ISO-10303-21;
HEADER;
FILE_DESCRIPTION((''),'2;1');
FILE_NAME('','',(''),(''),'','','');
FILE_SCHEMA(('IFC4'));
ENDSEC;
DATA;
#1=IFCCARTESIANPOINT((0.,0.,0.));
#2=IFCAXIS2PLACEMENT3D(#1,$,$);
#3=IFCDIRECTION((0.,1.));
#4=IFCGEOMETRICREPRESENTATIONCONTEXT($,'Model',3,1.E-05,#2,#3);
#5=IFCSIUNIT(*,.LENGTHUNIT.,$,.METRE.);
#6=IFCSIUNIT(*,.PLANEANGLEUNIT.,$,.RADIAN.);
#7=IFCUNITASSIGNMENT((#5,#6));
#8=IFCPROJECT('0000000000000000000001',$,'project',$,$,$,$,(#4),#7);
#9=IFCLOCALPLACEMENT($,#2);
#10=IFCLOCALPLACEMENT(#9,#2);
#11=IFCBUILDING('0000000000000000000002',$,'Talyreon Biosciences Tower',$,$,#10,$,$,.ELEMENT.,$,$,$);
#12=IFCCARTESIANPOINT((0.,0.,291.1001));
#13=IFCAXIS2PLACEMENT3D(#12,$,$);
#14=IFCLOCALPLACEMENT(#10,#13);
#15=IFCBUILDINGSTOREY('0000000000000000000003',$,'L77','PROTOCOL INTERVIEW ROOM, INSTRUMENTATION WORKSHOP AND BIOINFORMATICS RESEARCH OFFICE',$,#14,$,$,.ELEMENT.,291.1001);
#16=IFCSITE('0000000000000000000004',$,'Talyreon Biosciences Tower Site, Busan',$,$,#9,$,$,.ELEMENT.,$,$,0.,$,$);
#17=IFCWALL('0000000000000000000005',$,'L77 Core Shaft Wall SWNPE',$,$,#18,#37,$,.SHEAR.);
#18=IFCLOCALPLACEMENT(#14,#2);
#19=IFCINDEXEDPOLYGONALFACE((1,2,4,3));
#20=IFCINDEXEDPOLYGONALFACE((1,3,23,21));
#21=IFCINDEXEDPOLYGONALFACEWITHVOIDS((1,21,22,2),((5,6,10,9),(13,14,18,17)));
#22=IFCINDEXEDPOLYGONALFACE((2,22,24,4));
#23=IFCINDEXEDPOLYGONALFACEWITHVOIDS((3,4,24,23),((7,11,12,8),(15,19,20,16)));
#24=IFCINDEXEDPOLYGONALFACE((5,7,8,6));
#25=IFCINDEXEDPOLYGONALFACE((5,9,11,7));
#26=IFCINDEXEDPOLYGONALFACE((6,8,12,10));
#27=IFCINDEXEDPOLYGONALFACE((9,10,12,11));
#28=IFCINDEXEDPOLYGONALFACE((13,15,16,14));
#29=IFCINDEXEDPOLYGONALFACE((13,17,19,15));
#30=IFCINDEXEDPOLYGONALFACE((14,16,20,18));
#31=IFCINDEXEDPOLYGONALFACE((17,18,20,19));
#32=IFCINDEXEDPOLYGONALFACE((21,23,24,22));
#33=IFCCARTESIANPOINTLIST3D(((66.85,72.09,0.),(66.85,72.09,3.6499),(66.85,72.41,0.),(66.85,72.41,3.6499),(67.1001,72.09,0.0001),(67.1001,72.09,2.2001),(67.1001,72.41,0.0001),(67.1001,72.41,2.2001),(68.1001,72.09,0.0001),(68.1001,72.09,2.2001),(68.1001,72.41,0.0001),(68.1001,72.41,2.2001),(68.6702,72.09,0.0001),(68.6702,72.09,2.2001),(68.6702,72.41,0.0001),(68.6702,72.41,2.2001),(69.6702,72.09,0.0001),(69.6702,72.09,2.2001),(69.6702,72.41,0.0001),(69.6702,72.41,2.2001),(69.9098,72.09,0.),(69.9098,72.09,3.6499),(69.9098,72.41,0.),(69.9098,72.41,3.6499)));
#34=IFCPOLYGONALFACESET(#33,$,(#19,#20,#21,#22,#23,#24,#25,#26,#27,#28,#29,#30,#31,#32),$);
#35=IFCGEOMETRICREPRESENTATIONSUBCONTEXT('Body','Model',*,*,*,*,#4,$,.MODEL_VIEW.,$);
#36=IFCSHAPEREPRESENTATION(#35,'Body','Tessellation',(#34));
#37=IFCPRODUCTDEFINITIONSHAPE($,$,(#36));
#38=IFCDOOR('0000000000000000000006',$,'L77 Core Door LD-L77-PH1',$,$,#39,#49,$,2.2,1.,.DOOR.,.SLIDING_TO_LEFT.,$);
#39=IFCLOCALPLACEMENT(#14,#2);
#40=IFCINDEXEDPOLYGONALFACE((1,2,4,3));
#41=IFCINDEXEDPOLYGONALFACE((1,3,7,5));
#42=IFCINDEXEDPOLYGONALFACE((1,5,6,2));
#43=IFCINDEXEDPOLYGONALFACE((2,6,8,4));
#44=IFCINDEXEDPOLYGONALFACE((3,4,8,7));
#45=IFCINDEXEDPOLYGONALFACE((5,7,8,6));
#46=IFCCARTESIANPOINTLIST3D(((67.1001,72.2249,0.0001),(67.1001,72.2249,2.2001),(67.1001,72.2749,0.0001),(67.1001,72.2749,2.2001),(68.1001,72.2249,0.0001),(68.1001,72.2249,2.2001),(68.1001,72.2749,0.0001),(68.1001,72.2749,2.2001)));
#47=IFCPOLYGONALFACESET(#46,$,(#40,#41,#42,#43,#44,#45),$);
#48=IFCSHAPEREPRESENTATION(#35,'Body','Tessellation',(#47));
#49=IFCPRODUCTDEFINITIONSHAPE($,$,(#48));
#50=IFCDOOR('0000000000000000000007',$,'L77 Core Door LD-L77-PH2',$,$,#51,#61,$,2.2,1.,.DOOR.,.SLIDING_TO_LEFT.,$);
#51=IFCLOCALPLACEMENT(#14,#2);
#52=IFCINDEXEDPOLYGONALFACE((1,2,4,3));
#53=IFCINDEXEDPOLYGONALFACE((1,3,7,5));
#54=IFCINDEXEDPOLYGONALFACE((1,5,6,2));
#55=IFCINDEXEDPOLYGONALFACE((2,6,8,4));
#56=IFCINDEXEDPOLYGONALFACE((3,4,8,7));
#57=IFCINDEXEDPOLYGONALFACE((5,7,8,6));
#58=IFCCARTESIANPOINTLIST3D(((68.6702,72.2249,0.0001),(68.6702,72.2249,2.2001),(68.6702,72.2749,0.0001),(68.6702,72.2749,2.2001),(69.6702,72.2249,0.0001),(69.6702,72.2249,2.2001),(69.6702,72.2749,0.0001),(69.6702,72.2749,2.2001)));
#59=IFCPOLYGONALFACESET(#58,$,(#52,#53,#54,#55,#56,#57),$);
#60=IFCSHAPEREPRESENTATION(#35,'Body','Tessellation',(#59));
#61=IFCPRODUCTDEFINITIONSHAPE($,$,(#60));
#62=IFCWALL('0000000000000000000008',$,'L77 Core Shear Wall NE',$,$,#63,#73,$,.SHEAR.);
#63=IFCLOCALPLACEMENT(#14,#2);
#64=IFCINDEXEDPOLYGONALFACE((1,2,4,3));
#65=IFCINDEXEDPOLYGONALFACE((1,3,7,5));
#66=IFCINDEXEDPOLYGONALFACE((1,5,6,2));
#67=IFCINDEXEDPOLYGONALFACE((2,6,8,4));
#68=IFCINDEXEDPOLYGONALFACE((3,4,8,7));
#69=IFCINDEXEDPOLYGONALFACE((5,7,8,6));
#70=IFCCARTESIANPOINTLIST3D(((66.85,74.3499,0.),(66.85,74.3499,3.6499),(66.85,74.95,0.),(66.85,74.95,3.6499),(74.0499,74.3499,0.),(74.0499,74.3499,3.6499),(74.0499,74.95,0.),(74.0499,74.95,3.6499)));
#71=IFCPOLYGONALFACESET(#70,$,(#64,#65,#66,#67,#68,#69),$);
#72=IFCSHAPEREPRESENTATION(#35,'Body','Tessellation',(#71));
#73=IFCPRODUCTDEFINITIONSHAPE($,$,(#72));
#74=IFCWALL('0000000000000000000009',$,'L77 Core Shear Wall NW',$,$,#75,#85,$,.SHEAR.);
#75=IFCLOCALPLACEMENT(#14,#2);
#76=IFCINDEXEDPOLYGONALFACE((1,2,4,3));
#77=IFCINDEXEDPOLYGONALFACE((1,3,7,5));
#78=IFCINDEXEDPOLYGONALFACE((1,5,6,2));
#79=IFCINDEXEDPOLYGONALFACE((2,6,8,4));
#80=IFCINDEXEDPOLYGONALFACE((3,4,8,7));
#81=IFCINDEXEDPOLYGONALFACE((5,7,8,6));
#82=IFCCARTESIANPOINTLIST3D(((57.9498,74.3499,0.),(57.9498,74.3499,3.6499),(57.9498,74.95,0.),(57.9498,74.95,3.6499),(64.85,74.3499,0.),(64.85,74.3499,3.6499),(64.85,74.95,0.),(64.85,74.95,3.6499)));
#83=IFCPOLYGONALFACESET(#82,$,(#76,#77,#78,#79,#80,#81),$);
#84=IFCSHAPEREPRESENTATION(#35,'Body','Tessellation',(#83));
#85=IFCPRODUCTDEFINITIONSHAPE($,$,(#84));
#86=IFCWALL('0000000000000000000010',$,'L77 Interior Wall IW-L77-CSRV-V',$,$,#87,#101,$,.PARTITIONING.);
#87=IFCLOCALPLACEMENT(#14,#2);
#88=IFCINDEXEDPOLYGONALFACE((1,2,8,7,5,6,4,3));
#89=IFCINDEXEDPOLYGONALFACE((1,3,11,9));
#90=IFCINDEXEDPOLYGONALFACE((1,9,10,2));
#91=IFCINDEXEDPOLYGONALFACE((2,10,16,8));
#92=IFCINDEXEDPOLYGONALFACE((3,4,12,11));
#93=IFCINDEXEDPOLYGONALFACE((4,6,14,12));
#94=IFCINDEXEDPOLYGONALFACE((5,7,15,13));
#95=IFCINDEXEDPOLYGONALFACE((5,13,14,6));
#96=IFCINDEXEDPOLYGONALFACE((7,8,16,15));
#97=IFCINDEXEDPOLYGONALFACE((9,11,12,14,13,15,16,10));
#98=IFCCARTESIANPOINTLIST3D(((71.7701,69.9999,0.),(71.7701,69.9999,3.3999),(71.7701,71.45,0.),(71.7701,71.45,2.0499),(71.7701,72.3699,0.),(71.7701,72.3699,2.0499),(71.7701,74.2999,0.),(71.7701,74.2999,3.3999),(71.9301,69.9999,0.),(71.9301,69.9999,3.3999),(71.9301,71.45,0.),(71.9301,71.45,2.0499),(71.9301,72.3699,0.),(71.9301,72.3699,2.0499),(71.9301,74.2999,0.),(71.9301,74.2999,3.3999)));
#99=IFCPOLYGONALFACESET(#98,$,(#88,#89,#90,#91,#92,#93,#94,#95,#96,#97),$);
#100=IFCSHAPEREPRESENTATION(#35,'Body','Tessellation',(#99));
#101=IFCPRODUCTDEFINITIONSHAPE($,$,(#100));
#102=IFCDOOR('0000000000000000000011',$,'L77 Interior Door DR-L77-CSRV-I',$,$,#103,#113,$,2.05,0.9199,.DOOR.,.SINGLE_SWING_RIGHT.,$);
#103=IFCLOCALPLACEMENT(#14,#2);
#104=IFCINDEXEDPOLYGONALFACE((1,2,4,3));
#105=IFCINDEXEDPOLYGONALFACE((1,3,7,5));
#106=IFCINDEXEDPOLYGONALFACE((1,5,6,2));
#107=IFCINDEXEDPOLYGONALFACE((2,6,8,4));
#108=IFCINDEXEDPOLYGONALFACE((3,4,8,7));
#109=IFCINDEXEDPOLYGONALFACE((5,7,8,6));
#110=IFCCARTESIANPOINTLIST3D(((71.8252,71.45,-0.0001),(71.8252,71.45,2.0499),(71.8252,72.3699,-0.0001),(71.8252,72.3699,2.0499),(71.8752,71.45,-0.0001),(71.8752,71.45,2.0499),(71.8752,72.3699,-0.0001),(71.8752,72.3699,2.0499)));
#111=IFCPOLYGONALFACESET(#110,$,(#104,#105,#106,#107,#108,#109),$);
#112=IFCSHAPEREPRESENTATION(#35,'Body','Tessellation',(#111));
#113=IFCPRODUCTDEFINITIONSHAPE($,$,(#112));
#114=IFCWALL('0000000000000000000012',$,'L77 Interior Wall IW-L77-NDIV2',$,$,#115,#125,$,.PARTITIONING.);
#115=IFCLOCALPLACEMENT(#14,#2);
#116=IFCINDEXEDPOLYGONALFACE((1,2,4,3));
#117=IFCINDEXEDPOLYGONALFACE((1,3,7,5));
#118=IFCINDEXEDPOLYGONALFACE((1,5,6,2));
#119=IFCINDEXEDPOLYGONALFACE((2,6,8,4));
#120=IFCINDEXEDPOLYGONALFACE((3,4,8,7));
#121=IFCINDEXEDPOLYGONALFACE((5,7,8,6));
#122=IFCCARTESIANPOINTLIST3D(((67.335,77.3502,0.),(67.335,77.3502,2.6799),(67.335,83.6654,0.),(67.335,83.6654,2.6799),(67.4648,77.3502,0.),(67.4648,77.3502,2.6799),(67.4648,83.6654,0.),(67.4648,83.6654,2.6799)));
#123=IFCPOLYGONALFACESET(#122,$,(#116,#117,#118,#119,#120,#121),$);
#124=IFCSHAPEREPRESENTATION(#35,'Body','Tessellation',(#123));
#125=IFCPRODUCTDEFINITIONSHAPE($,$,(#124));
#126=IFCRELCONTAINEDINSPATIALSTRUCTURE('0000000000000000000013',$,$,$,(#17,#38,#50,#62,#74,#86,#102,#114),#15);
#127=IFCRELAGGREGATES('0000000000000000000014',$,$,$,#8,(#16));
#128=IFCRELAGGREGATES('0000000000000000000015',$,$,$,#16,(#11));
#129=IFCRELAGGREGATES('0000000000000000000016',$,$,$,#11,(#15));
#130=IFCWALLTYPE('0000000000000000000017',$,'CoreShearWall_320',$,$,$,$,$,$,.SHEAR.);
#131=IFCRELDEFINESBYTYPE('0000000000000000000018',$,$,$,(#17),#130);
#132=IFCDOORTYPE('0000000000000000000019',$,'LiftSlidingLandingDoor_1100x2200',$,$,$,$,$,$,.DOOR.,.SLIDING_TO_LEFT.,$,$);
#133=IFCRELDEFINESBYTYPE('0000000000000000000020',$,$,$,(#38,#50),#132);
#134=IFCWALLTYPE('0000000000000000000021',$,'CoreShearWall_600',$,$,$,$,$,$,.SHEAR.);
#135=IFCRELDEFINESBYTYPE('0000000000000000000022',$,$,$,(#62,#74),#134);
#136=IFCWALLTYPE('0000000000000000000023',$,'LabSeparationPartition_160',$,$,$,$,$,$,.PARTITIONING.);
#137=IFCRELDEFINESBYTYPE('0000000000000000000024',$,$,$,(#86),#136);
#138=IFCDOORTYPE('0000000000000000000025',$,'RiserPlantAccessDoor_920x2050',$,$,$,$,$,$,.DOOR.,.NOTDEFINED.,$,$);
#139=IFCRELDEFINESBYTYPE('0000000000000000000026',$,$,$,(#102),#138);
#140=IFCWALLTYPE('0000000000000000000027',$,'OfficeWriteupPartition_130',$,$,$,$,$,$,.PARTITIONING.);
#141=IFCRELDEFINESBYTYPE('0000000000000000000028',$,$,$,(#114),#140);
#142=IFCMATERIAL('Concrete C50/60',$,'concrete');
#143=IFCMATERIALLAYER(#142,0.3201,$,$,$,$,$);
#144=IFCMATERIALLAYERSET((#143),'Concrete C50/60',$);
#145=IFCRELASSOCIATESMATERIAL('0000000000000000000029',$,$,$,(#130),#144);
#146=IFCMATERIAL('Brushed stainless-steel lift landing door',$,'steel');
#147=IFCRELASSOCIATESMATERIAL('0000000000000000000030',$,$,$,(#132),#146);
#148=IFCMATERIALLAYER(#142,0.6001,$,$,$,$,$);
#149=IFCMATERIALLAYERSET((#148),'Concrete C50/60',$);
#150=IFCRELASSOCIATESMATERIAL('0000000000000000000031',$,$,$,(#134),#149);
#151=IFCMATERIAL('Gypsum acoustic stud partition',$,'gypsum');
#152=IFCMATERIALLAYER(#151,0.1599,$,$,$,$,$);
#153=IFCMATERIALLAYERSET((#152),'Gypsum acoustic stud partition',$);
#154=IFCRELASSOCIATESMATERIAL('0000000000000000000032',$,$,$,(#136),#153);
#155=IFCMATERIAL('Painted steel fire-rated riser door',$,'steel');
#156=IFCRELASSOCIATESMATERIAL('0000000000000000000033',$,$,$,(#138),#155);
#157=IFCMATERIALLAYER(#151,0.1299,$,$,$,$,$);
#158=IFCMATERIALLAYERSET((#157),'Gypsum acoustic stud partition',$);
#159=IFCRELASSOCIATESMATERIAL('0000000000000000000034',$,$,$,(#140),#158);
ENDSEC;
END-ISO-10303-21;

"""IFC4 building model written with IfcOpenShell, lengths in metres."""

from ifc_helpers import new_model, si_unit, direction, frame, frame_2d, origin, place, context, subcontext, project, spatial, rectangle, extrude, material, layer, layer_set, type_object, element, fill, save


model = new_model("IFC4")

# Units and contexts
model_context = context("Model", 3, precision=1e-05, world=origin(), true_north=direction((0.0, 1.0)))
body_context = subcontext(model_context, "Body", "Model", "MODEL_VIEW")
ifc_project = project(units=[si_unit("LENGTHUNIT", "METRE"), si_unit("PLANEANGLEUNIT", "RADIAN")], contexts=[model_context])

# Site, building, storey
site_placement = place(None, origin())
site = spatial("IfcSite", under=ifc_project, at=site_placement, Name="Talyreon Biosciences Tower Site, Busan", CompositionType="ELEMENT", RefElevation=0.0)
building_placement = place(site_placement, origin())
building = spatial("IfcBuilding", under=site, at=building_placement, Name="Talyreon Biosciences Tower", CompositionType="ELEMENT")
storey_placement = place(building_placement, frame((0.0, 0.0, 291.1001)))
storey = spatial("IfcBuildingStorey", under=building, at=storey_placement, Name="L77", Description="PROTOCOL INTERVIEW ROOM, INSTRUMENTATION WORKSHOP AND BIOINFORMATICS RESEARCH OFFICE", CompositionType="ELEMENT", Elevation=291.1001)

# Shared definitions
ifc_material_1 = material(Name="Concrete C50/60", Category="concrete")

# Shared definitions
ifc_layer_1 = layer(ifc_material_1, 0.3201)
ifc_layer_set_1 = layer_set([ifc_layer_1], Name="Concrete C50/60")
wall_type_1 = type_object("IfcWallType", Name="CoreShearWall_320", PredefinedType="SHEAR", material=ifc_layer_set_1)

# Wall, openings, doors
wall_1_placement = place(storey_placement, frame((66.8501, 72.25, 0.0), z_axis=(0.0, 0.0, 1.0), x_axis=(1.0, 0.0, 0.0)))
wall_1 = element("IfcWall", 1, at=wall_1_placement, inside=storey, type_object=wall_type_1, Name="L77 Core Shaft Wall SWNPE", PredefinedType="SHEAR", context=body_context, shape_type="SweptSolid", body=[
    extrude(rectangle(XDim=3.0598, YDim=0.3201, at=frame_2d((1.5298, 0.0))), origin(), (0.0, 0.0, 1.0), 3.6499),
])
opening_1_placement = place(wall_1_placement, frame((0.25, 0.0, 0.0)))
opening_1 = element("IfcOpeningElement", 2, at=opening_1_placement, cuts=wall_1, PredefinedType="OPENING", context=body_context, shape_type="SweptSolid", body=[
    extrude(rectangle(XDim=1.0, YDim=2.2, at=frame_2d((0.5, 1.1001))), frame((0.0, 0.1699, 0.0), z_axis=(0.0, -1.0, 0.0), x_axis=(1.0, 0.0, 0.0)), (0.0, 0.0, 1.0), 0.3401),
])
opening_2_placement = place(wall_1_placement, frame((1.8201, 0.0, 0.0)))
opening_2 = element("IfcOpeningElement", 3, at=opening_2_placement, cuts=wall_1, PredefinedType="OPENING", context=body_context, shape_type="SweptSolid", body=[
    extrude(rectangle(XDim=1.0, YDim=2.2, at=frame_2d((0.5, 1.1001))), frame((0.0, 0.1699, 0.0), z_axis=(0.0, -1.0, 0.0), x_axis=(1.0, 0.0, 0.0)), (0.0, 0.0, 1.0), 0.3401),
])
ifc_material_2 = material(Name="Brushed stainless-steel lift landing door", Category="steel")
door_type_1 = type_object("IfcDoorType", Name="LiftSlidingLandingDoor_1100x2200", OperationType="SLIDING_TO_LEFT", PredefinedType="DOOR", material=ifc_material_2)
door_1_placement = place(opening_1_placement, origin())
door_1 = element("IfcDoor", 4, at=door_1_placement, inside=storey, type_object=door_type_1, Name="L77 Core Door LD-L77-PH1", OperationType="SLIDING_TO_LEFT", OverallHeight=2.2, OverallWidth=1.0, PredefinedType="DOOR", context=body_context, shape_type="SweptSolid", body=[
    extrude(rectangle(XDim=1.0, YDim=2.2, at=frame_2d((0.5, 1.1001))), frame((0.0, 0.0249, 0.0), z_axis=(0.0, -1.0, 0.0), x_axis=(1.0, 0.0, 0.0)), (0.0, 0.0, 1.0), 0.05),
])
fill(opening_1, door_1)
door_2_placement = place(opening_2_placement, origin())
door_2 = element("IfcDoor", 5, at=door_2_placement, inside=storey, type_object=door_type_1, Name="L77 Core Door LD-L77-PH2", OperationType="SLIDING_TO_LEFT", OverallHeight=2.2, OverallWidth=1.0, PredefinedType="DOOR", context=body_context, shape_type="SweptSolid", body=[
    extrude(rectangle(XDim=1.0, YDim=2.2, at=frame_2d((0.5, 1.1001))), frame((0.0, 0.0249, 0.0), z_axis=(0.0, -1.0, 0.0), x_axis=(1.0, 0.0, 0.0)), (0.0, 0.0, 1.0), 0.05),
])
fill(opening_2, door_2)

# Walls
ifc_layer_2 = layer(ifc_material_1, 0.6001)
ifc_layer_set_2 = layer_set([ifc_layer_2], Name="Concrete C50/60")
wall_type_2 = type_object("IfcWallType", Name="CoreShearWall_600", PredefinedType="SHEAR", material=ifc_layer_set_2)
wall_2_placement = place(storey_placement, frame((74.05, 74.6499, 0.0), z_axis=(0.0, 0.0, 1.0), x_axis=(-1.0, 0.0, 0.0)))
element("IfcWall", 6, at=wall_2_placement, inside=storey, type_object=wall_type_2, Name="L77 Core Shear Wall NE", PredefinedType="SHEAR", context=body_context, shape_type="SweptSolid", body=[
    extrude(rectangle(XDim=7.2, YDim=0.6001, at=frame_2d((3.6001, 0.0))), origin(), (0.0, 0.0, 1.0), 3.6499),
])
wall_3_placement = place(storey_placement, frame((64.8501, 74.6499, 0.0), z_axis=(0.0, 0.0, 1.0), x_axis=(-1.0, 0.0, 0.0)))
element("IfcWall", 7, at=wall_3_placement, inside=storey, type_object=wall_type_2, Name="L77 Core Shear Wall NW", PredefinedType="SHEAR", context=body_context, shape_type="SweptSolid", body=[
    extrude(rectangle(XDim=6.9001, YDim=0.6001, at=frame_2d((3.4502, 0.0))), origin(), (0.0, 0.0, 1.0), 3.6499),
])

# Wall, opening, door
ifc_material_3 = material(Name="Gypsum acoustic stud partition", Category="gypsum")
ifc_layer_3 = layer(ifc_material_3, 0.1599)
ifc_layer_set_3 = layer_set([ifc_layer_3], Name="Gypsum acoustic stud partition")
wall_type_3 = type_object("IfcWallType", Name="LabSeparationPartition_160", PredefinedType="PARTITIONING", material=ifc_layer_set_3)
wall_4_placement = place(storey_placement, frame((71.8501, 70.0, 0.0), z_axis=(0.0, 0.0, 1.0), x_axis=(0.0, 1.0, 0.0)))
wall_4 = element("IfcWall", 8, at=wall_4_placement, inside=storey, type_object=wall_type_3, Name="L77 Interior Wall IW-L77-CSRV-V", PredefinedType="PARTITIONING", context=body_context, shape_type="SweptSolid", body=[
    extrude(rectangle(XDim=4.3, YDim=0.1599, at=frame_2d((2.1499, 0.0))), origin(), (0.0, 0.0, 1.0), 3.3999),
])
opening_3_placement = place(wall_4_placement, frame((1.45, 0.0, 0.0)))
opening_3 = element("IfcOpeningElement", 9, at=opening_3_placement, cuts=wall_4, PredefinedType="OPENING", context=body_context, shape_type="SweptSolid", body=[
    extrude(rectangle(XDim=0.9199, YDim=2.05, at=frame_2d((0.46, 1.0249))), frame((0.0, 0.0898, 0.0), z_axis=(0.0, -1.0, 0.0), x_axis=(1.0, 0.0, 0.0)), (0.0, 0.0, 1.0), 0.1799),
])
ifc_material_4 = material(Name="Painted steel fire-rated riser door", Category="steel")
door_type_2 = type_object("IfcDoorType", Name="RiserPlantAccessDoor_920x2050", OperationType="NOTDEFINED", PredefinedType="DOOR", material=ifc_material_4)
door_3_placement = place(opening_3_placement, origin())
door_3 = element("IfcDoor", 10, at=door_3_placement, inside=storey, type_object=door_type_2, Name="L77 Interior Door DR-L77-CSRV-I", OperationType="SINGLE_SWING_RIGHT", OverallHeight=2.05, OverallWidth=0.9199, PredefinedType="DOOR", context=body_context, shape_type="SweptSolid", body=[
    extrude(rectangle(XDim=0.9199, YDim=2.05, at=frame_2d((0.46, 1.0249))), frame((0.0, 0.0249, 0.0), z_axis=(0.0, -1.0, 0.0), x_axis=(1.0, 0.0, 0.0)), (0.0, 0.0, 1.0), 0.05),
])
fill(opening_3, door_3)

# Wall
ifc_layer_4 = layer(ifc_material_3, 0.1299)
ifc_layer_set_4 = layer_set([ifc_layer_4], Name="Gypsum acoustic stud partition")
wall_type_4 = type_object("IfcWallType", Name="OfficeWriteupPartition_130", PredefinedType="PARTITIONING", material=ifc_layer_set_4)
wall_5_placement = place(storey_placement, frame((67.3999, 77.3501, 0.0), z_axis=(0.0, 0.0, 1.0), x_axis=(0.0, 1.0, 0.0)))
element("IfcWall", 11, at=wall_5_placement, inside=storey, type_object=wall_type_4, Name="L77 Interior Wall IW-L77-NDIV2", PredefinedType="PARTITIONING", context=body_context, shape_type="SweptSolid", body=[
    extrude(rectangle(XDim=6.3152, YDim=0.1299, at=frame_2d((3.1577, 0.0))), origin(), (0.0, 0.0, 1.0), 2.6799),
])

save(model, "model.ifc")
